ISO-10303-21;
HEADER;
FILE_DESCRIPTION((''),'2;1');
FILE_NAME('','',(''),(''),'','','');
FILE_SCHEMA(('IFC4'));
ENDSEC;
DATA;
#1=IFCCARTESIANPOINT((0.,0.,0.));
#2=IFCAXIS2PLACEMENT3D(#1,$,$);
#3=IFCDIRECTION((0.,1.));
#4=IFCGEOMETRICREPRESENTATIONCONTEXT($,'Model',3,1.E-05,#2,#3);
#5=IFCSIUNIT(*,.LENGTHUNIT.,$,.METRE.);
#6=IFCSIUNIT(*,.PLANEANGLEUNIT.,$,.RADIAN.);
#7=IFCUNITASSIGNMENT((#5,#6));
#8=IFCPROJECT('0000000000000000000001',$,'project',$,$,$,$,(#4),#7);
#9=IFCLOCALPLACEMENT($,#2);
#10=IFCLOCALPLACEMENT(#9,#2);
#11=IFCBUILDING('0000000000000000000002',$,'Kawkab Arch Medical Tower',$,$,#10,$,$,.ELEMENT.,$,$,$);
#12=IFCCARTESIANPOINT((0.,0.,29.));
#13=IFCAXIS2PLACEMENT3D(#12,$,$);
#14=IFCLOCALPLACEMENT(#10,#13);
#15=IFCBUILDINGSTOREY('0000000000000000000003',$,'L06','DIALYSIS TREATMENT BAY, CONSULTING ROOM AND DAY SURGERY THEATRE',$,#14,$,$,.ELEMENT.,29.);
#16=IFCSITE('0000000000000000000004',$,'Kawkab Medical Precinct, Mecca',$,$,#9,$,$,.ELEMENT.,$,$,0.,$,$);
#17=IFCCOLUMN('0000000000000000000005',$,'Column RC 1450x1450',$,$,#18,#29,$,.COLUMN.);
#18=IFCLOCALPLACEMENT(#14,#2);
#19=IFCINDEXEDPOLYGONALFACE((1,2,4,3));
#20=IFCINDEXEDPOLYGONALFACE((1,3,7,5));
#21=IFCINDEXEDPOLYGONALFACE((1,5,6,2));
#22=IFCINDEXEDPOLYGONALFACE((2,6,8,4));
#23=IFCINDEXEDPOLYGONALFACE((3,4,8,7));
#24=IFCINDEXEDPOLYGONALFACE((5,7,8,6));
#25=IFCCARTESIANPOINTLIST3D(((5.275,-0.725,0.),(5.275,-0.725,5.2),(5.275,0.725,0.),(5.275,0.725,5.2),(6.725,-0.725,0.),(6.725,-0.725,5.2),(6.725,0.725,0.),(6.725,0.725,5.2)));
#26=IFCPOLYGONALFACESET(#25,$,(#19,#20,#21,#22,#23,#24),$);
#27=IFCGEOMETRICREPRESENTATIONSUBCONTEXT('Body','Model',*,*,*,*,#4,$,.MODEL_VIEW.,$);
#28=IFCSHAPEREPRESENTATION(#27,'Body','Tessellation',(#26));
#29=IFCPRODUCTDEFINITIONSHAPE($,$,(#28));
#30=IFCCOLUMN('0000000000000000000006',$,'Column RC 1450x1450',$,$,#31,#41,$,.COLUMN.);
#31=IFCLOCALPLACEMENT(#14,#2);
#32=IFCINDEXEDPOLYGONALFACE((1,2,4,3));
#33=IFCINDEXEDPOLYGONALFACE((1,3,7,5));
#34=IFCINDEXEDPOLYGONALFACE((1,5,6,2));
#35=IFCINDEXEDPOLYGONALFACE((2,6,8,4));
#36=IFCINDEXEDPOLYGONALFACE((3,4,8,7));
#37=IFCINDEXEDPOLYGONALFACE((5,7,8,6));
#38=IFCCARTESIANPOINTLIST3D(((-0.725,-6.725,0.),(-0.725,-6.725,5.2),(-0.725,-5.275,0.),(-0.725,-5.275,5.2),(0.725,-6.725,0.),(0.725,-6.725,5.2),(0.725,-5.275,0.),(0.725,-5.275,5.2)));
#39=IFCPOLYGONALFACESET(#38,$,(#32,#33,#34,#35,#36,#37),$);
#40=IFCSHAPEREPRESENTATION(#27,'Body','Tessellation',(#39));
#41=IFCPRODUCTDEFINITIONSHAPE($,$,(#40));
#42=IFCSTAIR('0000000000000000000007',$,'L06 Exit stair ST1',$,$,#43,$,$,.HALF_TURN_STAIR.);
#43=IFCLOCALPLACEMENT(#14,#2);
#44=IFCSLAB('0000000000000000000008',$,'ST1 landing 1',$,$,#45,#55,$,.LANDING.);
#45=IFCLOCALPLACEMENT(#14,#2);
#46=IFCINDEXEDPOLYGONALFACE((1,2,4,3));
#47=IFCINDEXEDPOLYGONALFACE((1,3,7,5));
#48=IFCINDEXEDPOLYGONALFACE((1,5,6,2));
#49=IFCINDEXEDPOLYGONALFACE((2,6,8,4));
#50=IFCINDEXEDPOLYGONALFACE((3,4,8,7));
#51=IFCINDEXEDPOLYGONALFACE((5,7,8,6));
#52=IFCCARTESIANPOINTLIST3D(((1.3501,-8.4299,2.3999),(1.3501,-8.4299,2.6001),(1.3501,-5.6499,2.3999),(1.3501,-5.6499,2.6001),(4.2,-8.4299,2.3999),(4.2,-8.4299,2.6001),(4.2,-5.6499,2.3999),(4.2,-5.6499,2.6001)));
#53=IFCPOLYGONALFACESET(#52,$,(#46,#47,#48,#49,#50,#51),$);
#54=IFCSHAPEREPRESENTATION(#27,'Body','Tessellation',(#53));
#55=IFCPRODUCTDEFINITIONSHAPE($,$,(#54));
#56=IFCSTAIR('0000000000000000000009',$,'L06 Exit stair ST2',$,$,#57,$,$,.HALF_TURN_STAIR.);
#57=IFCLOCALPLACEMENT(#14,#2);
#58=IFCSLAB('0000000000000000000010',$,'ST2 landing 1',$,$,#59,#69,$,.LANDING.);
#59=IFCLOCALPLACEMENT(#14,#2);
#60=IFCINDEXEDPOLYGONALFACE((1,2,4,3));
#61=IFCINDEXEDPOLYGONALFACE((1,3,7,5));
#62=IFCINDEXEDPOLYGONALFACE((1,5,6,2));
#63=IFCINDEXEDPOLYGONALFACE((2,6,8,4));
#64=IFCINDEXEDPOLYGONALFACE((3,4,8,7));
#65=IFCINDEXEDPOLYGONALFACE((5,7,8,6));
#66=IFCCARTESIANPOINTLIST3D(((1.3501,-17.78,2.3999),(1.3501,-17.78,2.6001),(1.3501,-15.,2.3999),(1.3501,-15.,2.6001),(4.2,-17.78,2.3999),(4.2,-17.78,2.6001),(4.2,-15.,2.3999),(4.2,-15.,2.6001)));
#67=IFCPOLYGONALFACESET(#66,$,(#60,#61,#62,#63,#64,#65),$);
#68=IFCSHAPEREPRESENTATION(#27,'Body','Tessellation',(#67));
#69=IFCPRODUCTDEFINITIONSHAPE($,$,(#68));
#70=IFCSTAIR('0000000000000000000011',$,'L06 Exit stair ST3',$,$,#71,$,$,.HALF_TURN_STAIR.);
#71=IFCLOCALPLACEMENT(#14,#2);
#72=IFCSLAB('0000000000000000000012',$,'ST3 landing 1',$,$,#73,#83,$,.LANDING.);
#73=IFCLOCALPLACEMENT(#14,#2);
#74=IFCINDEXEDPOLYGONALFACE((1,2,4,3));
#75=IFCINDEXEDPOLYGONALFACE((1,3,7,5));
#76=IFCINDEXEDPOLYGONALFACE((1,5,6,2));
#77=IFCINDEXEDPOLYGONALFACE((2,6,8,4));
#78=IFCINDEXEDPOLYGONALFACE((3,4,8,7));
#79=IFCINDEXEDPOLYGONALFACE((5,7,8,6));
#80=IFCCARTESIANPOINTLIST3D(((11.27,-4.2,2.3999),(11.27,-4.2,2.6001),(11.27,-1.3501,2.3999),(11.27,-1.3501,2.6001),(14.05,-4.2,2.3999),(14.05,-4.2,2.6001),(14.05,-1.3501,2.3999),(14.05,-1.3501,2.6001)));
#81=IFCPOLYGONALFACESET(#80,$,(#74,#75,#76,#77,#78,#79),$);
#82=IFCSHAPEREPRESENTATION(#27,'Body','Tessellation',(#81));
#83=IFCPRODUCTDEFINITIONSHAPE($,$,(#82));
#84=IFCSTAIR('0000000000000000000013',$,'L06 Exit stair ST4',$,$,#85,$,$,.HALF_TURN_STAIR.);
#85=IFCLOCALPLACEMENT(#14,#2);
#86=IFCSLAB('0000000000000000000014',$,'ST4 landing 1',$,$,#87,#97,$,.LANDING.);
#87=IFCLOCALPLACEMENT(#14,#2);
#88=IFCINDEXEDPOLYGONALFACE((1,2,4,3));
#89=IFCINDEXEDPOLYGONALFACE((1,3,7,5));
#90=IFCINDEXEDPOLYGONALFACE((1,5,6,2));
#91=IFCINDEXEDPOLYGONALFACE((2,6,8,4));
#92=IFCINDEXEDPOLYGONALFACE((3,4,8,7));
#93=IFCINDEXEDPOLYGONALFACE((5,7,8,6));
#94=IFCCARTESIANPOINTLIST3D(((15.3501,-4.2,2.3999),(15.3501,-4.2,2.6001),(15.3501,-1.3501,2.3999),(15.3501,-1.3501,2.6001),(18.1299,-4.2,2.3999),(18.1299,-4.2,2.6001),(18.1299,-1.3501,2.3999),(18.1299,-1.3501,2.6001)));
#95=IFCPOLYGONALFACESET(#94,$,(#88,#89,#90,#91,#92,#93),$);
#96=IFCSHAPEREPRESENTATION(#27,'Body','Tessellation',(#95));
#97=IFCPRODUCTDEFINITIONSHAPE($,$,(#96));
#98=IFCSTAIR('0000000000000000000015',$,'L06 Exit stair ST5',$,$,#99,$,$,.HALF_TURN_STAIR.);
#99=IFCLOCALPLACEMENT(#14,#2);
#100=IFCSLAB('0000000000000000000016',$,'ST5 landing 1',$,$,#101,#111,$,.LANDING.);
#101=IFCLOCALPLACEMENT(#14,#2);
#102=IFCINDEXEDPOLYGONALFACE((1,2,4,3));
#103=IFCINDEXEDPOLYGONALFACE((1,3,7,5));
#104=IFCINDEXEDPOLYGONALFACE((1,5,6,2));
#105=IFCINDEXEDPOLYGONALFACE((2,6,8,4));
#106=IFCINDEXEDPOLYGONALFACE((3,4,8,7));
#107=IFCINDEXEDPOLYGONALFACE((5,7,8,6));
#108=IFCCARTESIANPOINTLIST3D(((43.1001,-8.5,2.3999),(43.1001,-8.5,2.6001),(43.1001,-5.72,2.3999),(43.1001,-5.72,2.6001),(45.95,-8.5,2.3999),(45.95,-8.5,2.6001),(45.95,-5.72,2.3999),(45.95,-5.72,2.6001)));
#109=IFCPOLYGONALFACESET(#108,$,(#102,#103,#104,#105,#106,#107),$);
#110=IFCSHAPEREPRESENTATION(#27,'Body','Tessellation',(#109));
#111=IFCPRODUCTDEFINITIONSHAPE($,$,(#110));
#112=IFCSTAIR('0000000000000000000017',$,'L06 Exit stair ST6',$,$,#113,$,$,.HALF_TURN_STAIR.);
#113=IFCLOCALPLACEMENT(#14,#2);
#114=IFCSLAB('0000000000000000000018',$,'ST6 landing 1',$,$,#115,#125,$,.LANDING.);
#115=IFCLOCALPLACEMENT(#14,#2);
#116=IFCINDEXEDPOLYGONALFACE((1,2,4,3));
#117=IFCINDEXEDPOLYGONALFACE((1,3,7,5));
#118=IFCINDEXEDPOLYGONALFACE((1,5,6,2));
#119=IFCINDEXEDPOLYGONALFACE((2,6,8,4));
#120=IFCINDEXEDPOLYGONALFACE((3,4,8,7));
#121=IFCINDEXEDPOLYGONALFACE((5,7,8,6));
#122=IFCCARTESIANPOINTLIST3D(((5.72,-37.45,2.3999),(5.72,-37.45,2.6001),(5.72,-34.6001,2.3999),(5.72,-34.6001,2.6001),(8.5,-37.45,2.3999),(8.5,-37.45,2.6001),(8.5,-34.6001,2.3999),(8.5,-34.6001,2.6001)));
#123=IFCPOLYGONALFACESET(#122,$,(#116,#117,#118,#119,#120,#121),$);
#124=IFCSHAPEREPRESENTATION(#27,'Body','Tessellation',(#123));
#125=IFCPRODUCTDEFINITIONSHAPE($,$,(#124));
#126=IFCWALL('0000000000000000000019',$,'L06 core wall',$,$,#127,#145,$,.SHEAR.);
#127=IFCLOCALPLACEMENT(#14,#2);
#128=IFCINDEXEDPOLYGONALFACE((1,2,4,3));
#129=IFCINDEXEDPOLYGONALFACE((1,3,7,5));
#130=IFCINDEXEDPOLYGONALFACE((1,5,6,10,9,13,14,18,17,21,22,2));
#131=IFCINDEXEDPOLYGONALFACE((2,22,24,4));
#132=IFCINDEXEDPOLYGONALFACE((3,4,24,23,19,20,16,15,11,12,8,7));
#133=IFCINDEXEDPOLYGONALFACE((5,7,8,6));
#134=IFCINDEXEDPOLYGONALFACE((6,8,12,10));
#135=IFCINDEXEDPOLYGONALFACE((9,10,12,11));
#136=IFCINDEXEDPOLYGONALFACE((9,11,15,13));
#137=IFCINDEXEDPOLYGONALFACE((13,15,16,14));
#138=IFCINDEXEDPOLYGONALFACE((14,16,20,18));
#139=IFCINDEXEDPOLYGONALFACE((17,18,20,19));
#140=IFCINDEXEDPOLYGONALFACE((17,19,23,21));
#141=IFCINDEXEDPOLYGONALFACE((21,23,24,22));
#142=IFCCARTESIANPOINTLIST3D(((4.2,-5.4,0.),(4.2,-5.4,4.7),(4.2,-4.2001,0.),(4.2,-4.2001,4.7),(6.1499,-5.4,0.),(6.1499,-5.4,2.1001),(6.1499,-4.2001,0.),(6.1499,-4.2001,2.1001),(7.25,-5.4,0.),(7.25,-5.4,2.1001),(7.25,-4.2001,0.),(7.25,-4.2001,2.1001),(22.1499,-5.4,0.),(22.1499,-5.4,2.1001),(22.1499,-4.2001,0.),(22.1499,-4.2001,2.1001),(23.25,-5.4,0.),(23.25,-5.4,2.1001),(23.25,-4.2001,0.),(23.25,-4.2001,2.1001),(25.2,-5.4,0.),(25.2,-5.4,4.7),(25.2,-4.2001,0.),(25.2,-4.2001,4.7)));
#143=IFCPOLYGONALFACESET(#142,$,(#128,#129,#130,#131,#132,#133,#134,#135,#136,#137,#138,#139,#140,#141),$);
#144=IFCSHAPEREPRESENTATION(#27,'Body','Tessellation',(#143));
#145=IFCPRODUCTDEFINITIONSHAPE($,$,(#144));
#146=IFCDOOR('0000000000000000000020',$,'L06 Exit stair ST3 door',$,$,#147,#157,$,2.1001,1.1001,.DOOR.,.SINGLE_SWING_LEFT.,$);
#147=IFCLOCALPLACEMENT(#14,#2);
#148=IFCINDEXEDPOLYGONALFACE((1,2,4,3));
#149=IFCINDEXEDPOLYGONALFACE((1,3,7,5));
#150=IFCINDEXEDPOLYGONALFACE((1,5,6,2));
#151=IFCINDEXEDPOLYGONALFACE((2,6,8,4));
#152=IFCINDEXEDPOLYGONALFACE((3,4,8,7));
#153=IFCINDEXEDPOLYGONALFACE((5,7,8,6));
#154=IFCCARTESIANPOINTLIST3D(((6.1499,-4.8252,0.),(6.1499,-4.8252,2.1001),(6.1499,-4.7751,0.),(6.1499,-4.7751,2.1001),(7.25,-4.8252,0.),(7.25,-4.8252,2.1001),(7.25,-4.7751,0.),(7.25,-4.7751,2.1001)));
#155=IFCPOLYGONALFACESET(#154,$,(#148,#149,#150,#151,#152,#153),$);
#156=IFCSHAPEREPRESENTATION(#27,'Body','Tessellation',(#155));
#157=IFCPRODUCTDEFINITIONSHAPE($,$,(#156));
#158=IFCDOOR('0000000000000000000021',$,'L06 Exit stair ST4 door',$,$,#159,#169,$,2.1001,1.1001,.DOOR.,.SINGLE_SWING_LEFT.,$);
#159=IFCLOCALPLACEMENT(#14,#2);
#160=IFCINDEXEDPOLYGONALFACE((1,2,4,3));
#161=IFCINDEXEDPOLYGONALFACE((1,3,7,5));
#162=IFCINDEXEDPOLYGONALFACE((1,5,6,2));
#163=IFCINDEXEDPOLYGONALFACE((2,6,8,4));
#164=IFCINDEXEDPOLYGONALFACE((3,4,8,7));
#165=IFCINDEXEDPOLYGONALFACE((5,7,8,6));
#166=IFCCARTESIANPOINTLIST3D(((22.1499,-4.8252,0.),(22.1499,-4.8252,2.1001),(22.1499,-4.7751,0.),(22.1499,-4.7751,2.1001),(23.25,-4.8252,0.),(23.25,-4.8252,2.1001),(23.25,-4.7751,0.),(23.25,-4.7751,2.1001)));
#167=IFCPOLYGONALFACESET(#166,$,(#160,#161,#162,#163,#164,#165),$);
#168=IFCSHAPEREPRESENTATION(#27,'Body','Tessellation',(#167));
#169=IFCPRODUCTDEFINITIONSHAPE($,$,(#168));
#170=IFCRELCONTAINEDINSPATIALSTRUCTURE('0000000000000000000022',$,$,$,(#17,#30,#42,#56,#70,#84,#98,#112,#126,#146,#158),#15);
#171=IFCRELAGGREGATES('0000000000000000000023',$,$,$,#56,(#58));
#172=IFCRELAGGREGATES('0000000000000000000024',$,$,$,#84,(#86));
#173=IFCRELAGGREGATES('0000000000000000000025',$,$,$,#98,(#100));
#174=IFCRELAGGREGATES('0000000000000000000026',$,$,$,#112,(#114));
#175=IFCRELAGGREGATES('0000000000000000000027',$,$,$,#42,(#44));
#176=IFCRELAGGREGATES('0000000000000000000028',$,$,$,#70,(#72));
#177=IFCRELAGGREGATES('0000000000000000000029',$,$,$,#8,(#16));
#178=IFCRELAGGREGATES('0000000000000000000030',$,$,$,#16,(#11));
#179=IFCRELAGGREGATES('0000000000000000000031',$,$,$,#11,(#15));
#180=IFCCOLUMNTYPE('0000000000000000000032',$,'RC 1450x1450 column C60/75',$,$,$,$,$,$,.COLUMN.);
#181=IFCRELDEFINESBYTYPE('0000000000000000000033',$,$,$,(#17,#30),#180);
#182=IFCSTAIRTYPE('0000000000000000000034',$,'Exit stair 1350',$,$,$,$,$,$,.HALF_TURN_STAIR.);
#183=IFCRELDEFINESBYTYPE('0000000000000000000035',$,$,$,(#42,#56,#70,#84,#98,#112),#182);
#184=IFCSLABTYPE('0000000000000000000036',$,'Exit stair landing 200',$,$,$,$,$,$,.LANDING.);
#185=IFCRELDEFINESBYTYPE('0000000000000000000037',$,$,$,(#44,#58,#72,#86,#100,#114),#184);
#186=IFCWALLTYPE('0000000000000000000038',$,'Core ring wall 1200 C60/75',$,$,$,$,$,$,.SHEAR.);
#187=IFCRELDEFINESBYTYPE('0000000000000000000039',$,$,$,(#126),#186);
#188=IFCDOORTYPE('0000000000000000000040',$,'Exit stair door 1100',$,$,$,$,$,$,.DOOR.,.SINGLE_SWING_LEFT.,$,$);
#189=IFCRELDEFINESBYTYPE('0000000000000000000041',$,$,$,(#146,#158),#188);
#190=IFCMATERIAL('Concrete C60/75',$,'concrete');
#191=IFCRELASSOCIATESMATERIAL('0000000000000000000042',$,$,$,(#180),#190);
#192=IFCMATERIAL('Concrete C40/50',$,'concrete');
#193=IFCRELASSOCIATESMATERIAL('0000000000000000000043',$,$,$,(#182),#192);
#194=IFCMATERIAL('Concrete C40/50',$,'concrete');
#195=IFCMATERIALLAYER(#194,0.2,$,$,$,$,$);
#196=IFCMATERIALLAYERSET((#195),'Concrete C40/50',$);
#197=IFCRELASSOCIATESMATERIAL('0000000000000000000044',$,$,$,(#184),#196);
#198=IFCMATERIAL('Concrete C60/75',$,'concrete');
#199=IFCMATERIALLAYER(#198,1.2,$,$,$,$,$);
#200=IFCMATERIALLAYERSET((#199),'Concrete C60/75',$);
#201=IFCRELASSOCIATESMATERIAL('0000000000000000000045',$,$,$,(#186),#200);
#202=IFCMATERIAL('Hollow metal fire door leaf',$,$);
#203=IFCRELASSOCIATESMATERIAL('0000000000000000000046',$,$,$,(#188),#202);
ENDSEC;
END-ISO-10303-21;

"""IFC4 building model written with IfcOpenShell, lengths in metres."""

from ifc_helpers import new_model, si_unit, direction, frame, frame_2d, origin, origin_2d, place, context, subcontext, project, spatial, polyline, rectangle, outline, extrude, material, layer, layer_set, material_profile, profile_set, type_object, element, fill, aggregate, save


model = new_model("IFC4")

# Units and contexts
model_context = context("Model", 3, precision=1e-05, world=origin(), true_north=direction((0.0, 1.0)))
body_context = subcontext(model_context, "Body", "Model", "MODEL_VIEW")
ifc_project = project(units=[si_unit("LENGTHUNIT", "METRE"), si_unit("PLANEANGLEUNIT", "RADIAN")], contexts=[model_context])

# Site, building, storey
site_placement = place(None, origin())
site = spatial("IfcSite", under=ifc_project, at=site_placement, Name="Kawkab Medical Precinct, Mecca", CompositionType="ELEMENT", RefElevation=0.0)
building_placement = place(site_placement, origin())
building = spatial("IfcBuilding", under=site, at=building_placement, Name="Kawkab Arch Medical Tower", CompositionType="ELEMENT")
storey_placement = place(building_placement, frame((0.0, 0.0, 29.0)))
storey = spatial("IfcBuildingStorey", under=building, at=storey_placement, Name="L06", Description="DIALYSIS TREATMENT BAY, CONSULTING ROOM AND DAY SURGERY THEATRE", CompositionType="ELEMENT", Elevation=29.0)

# Columns
ifc_material_1 = material(Name="Concrete C60/75", Category="concrete")
ifc_material_profile = material_profile(ifc_material_1, rectangle(XDim=1.45, YDim=1.45, at=origin_2d()), Name="RC 1450x1450")
ifc_profile_set = profile_set([ifc_material_profile], Name="Concrete C60/75")
column_type = type_object("IfcColumnType", Name="RC 1450x1450 column C60/75", PredefinedType="COLUMN", material=ifc_profile_set)
for number, where, z_axis, x_axis, name in (
    (1, (6.0, 0.0, 0.0), (0.0, 0.0, 1.0), (1.0, 0.0, 0.0), "Column RC 1450x1450"),
    (2, (0.0, -6.0, 0.0), (0.0, 0.0, 1.0), (1.0, 0.0, 0.0), "Column RC 1450x1450"),
):
    element("IfcColumn", number, at=place(storey_placement, frame(where, z_axis=z_axis, x_axis=x_axis)), inside=storey, type_object=column_type, Name=name, PredefinedType="COLUMN", context=body_context, shape_type="SweptSolid", body=[
        extrude(rectangle(XDim=1.45, YDim=1.45, at=origin_2d()), origin(), (0.0, 0.0, 1.0), 5.2),
    ])

# Stairs, slabs
ifc_material_2 = material(Name="Concrete C40/50", Category="concrete")
stair_type = type_object("IfcStairType", Name="Exit stair 1350", PredefinedType="HALF_TURN_STAIR", material=ifc_material_2)
placement_1 = place(storey_placement, origin())
stair_1 = element("IfcStair", 3, at=placement_1, inside=storey, type_object=stair_type, Name="L06 Exit stair ST1", PredefinedType="HALF_TURN_STAIR")
ifc_material_3 = material(Name="Concrete C40/50", Category="concrete")
ifc_layer_1 = layer(ifc_material_3, 0.2)
ifc_layer_set_1 = layer_set([ifc_layer_1], Name="Concrete C40/50")
slab_type = type_object("IfcSlabType", Name="Exit stair landing 200", PredefinedType="LANDING", material=ifc_layer_set_1)
placement_2 = place(storey_placement, frame((0.0, 0.0, 2.3999)))
slab_1 = element("IfcSlab", 4, at=placement_2, type_object=slab_type, Name="ST1 landing 1", PredefinedType="LANDING", context=body_context, shape_type="SweptSolid", body=[
    extrude(outline(polyline([(4.2, -8.4299), (4.2, -5.6499), (1.3501, -5.6499), (1.3501, -8.4299), (4.2, -8.4299)])), origin(), (0.0, 0.0, 1.0), 0.2002),
])
stair_2 = element("IfcStair", 5, at=placement_1, inside=storey, type_object=stair_type, Name="L06 Exit stair ST2", PredefinedType="HALF_TURN_STAIR")
slab_2 = element("IfcSlab", 6, at=placement_2, type_object=slab_type, Name="ST2 landing 1", PredefinedType="LANDING", context=body_context, shape_type="SweptSolid", body=[
    extrude(outline(polyline([(4.2, -17.78), (4.2, -15.0), (1.3501, -15.0), (1.3501, -17.78), (4.2, -17.78)])), origin(), (0.0, 0.0, 1.0), 0.2002),
])
aggregate(stair_2, [slab_2])
stair_3 = element("IfcStair", 7, at=placement_1, inside=storey, type_object=stair_type, Name="L06 Exit stair ST3", PredefinedType="HALF_TURN_STAIR")
slab_3 = element("IfcSlab", 8, at=placement_2, type_object=slab_type, Name="ST3 landing 1", PredefinedType="LANDING", context=body_context, shape_type="SweptSolid", body=[
    extrude(outline(polyline([(11.27, -4.2), (14.05, -4.2), (14.05, -1.3501), (11.27, -1.3501), (11.27, -4.2)])), origin(), (0.0, 0.0, 1.0), 0.2002),
])
stair_4 = element("IfcStair", 9, at=placement_1, inside=storey, type_object=stair_type, Name="L06 Exit stair ST4", PredefinedType="HALF_TURN_STAIR")
slab_4 = element("IfcSlab", 10, at=placement_2, type_object=slab_type, Name="ST4 landing 1", PredefinedType="LANDING", context=body_context, shape_type="SweptSolid", body=[
    extrude(outline(polyline([(18.1299, -1.3501), (15.3501, -1.3501), (15.3501, -4.2), (18.1299, -4.2), (18.1299, -1.3501)])), origin(), (0.0, 0.0, 1.0), 0.2002),
])
aggregate(stair_4, [slab_4])
stair_5 = element("IfcStair", 11, at=placement_1, inside=storey, type_object=stair_type, Name="L06 Exit stair ST5", PredefinedType="HALF_TURN_STAIR")
slab_5 = element("IfcSlab", 12, at=placement_2, type_object=slab_type, Name="ST5 landing 1", PredefinedType="LANDING", context=body_context, shape_type="SweptSolid", body=[
    extrude(outline(polyline([(43.1001, -5.72), (43.1001, -8.5), (45.95, -8.5), (45.95, -5.72), (43.1001, -5.72)])), origin(), (0.0, 0.0, 1.0), 0.2002),
])
aggregate(stair_5, [slab_5])
stair_6 = element("IfcStair", 13, at=placement_1, inside=storey, type_object=stair_type, Name="L06 Exit stair ST6", PredefinedType="HALF_TURN_STAIR")
slab_6 = element("IfcSlab", 14, at=placement_2, type_object=slab_type, Name="ST6 landing 1", PredefinedType="LANDING", context=body_context, shape_type="SweptSolid", body=[
    extrude(outline(polyline([(5.72, -37.45), (8.5, -37.45), (8.5, -34.6001), (5.72, -34.6001), (5.72, -37.45)])), origin(), (0.0, 0.0, 1.0), 0.2002),
])
aggregate(stair_6, [slab_6])

# Wall, openings, doors
ifc_material_4 = material(Name="Concrete C60/75", Category="concrete")
ifc_layer_2 = layer(ifc_material_4, 1.2)
ifc_layer_set_2 = layer_set([ifc_layer_2], Name="Concrete C60/75")
wall_type_1 = type_object("IfcWallType", Name="Core ring wall 1200 C60/75", PredefinedType="SHEAR", material=ifc_layer_set_2)
wall_1_placement = place(storey_placement, frame((4.2, -4.8, 0.0), z_axis=(0.0, 0.0, 1.0), x_axis=(1.0, 0.0, 0.0)))
wall_1 = element("IfcWall", 15, at=wall_1_placement, inside=storey, type_object=wall_type_1, Name="L06 core wall", PredefinedType="SHEAR", context=body_context, shape_type="SweptSolid", body=[
    extrude(rectangle(XDim=21.0, YDim=1.2, at=frame_2d((10.5, 0.0))), origin(), (0.0, 0.0, 1.0), 4.7),
])
opening_1_placement = place(wall_1_placement, frame((1.95, 0.0, 0.0)))
opening_1 = element("IfcOpeningElement", 16, at=opening_1_placement, cuts=wall_1, PredefinedType="OPENING", context=body_context, shape_type="SweptSolid", body=[
    extrude(rectangle(XDim=1.1001, YDim=2.1001, at=frame_2d((0.55, 1.05))), frame((0.0, 0.6099, 0.0), z_axis=(0.0, -1.0, 0.0), x_axis=(1.0, 0.0, 0.0)), (0.0, 0.0, 1.0), 1.22),
])
opening_2_placement = place(wall_1_placement, frame((17.95, 0.0, 0.0)))
opening_2 = element("IfcOpeningElement", 17, at=opening_2_placement, cuts=wall_1, PredefinedType="OPENING", context=body_context, shape_type="SweptSolid", body=[
    extrude(rectangle(XDim=1.1001, YDim=2.1001, at=frame_2d((0.55, 1.05))), frame((0.0, 0.6099, 0.0), z_axis=(0.0, -1.0, 0.0), x_axis=(1.0, 0.0, 0.0)), (0.0, 0.0, 1.0), 1.22),
])
ifc_material_5 = material(Name="Hollow metal fire door leaf")
door_type = type_object("IfcDoorType", Name="Exit stair door 1100", OperationType="SINGLE_SWING_LEFT", PredefinedType="DOOR", material=ifc_material_5)
door_1_placement = place(opening_1_placement, origin())
door_1 = element("IfcDoor", 18, at=door_1_placement, inside=storey, type_object=door_type, Name="L06 Exit stair ST3 door", OperationType="SINGLE_SWING_LEFT", OverallHeight=2.1001, OverallWidth=1.1001, PredefinedType="DOOR", context=body_context, shape_type="SweptSolid", body=[
    extrude(rectangle(XDim=1.1001, YDim=2.1001, at=frame_2d((0.55, 1.05))), frame((0.0, 0.0249, 0.0), z_axis=(0.0, -1.0, 0.0), x_axis=(1.0, 0.0, 0.0)), (0.0, 0.0, 1.0), 0.05),
])
fill(opening_1, door_1)
door_2_placement = place(opening_2_placement, origin())
door_2 = element("IfcDoor", 19, at=door_2_placement, inside=storey, type_object=door_type, Name="L06 Exit stair ST4 door", OperationType="SINGLE_SWING_LEFT", OverallHeight=2.1001, OverallWidth=1.1001, PredefinedType="DOOR", context=body_context, shape_type="SweptSolid", body=[
    extrude(rectangle(XDim=1.1001, YDim=2.1001, at=frame_2d((0.55, 1.05))), frame((0.0, 0.0249, 0.0), z_axis=(0.0, -1.0, 0.0), x_axis=(1.0, 0.0, 0.0)), (0.0, 0.0, 1.0), 0.05),
])
fill(opening_2, door_2)

aggregate(stair_1, [slab_1])
aggregate(stair_3, [slab_3])

save(model, "model.ifc")
